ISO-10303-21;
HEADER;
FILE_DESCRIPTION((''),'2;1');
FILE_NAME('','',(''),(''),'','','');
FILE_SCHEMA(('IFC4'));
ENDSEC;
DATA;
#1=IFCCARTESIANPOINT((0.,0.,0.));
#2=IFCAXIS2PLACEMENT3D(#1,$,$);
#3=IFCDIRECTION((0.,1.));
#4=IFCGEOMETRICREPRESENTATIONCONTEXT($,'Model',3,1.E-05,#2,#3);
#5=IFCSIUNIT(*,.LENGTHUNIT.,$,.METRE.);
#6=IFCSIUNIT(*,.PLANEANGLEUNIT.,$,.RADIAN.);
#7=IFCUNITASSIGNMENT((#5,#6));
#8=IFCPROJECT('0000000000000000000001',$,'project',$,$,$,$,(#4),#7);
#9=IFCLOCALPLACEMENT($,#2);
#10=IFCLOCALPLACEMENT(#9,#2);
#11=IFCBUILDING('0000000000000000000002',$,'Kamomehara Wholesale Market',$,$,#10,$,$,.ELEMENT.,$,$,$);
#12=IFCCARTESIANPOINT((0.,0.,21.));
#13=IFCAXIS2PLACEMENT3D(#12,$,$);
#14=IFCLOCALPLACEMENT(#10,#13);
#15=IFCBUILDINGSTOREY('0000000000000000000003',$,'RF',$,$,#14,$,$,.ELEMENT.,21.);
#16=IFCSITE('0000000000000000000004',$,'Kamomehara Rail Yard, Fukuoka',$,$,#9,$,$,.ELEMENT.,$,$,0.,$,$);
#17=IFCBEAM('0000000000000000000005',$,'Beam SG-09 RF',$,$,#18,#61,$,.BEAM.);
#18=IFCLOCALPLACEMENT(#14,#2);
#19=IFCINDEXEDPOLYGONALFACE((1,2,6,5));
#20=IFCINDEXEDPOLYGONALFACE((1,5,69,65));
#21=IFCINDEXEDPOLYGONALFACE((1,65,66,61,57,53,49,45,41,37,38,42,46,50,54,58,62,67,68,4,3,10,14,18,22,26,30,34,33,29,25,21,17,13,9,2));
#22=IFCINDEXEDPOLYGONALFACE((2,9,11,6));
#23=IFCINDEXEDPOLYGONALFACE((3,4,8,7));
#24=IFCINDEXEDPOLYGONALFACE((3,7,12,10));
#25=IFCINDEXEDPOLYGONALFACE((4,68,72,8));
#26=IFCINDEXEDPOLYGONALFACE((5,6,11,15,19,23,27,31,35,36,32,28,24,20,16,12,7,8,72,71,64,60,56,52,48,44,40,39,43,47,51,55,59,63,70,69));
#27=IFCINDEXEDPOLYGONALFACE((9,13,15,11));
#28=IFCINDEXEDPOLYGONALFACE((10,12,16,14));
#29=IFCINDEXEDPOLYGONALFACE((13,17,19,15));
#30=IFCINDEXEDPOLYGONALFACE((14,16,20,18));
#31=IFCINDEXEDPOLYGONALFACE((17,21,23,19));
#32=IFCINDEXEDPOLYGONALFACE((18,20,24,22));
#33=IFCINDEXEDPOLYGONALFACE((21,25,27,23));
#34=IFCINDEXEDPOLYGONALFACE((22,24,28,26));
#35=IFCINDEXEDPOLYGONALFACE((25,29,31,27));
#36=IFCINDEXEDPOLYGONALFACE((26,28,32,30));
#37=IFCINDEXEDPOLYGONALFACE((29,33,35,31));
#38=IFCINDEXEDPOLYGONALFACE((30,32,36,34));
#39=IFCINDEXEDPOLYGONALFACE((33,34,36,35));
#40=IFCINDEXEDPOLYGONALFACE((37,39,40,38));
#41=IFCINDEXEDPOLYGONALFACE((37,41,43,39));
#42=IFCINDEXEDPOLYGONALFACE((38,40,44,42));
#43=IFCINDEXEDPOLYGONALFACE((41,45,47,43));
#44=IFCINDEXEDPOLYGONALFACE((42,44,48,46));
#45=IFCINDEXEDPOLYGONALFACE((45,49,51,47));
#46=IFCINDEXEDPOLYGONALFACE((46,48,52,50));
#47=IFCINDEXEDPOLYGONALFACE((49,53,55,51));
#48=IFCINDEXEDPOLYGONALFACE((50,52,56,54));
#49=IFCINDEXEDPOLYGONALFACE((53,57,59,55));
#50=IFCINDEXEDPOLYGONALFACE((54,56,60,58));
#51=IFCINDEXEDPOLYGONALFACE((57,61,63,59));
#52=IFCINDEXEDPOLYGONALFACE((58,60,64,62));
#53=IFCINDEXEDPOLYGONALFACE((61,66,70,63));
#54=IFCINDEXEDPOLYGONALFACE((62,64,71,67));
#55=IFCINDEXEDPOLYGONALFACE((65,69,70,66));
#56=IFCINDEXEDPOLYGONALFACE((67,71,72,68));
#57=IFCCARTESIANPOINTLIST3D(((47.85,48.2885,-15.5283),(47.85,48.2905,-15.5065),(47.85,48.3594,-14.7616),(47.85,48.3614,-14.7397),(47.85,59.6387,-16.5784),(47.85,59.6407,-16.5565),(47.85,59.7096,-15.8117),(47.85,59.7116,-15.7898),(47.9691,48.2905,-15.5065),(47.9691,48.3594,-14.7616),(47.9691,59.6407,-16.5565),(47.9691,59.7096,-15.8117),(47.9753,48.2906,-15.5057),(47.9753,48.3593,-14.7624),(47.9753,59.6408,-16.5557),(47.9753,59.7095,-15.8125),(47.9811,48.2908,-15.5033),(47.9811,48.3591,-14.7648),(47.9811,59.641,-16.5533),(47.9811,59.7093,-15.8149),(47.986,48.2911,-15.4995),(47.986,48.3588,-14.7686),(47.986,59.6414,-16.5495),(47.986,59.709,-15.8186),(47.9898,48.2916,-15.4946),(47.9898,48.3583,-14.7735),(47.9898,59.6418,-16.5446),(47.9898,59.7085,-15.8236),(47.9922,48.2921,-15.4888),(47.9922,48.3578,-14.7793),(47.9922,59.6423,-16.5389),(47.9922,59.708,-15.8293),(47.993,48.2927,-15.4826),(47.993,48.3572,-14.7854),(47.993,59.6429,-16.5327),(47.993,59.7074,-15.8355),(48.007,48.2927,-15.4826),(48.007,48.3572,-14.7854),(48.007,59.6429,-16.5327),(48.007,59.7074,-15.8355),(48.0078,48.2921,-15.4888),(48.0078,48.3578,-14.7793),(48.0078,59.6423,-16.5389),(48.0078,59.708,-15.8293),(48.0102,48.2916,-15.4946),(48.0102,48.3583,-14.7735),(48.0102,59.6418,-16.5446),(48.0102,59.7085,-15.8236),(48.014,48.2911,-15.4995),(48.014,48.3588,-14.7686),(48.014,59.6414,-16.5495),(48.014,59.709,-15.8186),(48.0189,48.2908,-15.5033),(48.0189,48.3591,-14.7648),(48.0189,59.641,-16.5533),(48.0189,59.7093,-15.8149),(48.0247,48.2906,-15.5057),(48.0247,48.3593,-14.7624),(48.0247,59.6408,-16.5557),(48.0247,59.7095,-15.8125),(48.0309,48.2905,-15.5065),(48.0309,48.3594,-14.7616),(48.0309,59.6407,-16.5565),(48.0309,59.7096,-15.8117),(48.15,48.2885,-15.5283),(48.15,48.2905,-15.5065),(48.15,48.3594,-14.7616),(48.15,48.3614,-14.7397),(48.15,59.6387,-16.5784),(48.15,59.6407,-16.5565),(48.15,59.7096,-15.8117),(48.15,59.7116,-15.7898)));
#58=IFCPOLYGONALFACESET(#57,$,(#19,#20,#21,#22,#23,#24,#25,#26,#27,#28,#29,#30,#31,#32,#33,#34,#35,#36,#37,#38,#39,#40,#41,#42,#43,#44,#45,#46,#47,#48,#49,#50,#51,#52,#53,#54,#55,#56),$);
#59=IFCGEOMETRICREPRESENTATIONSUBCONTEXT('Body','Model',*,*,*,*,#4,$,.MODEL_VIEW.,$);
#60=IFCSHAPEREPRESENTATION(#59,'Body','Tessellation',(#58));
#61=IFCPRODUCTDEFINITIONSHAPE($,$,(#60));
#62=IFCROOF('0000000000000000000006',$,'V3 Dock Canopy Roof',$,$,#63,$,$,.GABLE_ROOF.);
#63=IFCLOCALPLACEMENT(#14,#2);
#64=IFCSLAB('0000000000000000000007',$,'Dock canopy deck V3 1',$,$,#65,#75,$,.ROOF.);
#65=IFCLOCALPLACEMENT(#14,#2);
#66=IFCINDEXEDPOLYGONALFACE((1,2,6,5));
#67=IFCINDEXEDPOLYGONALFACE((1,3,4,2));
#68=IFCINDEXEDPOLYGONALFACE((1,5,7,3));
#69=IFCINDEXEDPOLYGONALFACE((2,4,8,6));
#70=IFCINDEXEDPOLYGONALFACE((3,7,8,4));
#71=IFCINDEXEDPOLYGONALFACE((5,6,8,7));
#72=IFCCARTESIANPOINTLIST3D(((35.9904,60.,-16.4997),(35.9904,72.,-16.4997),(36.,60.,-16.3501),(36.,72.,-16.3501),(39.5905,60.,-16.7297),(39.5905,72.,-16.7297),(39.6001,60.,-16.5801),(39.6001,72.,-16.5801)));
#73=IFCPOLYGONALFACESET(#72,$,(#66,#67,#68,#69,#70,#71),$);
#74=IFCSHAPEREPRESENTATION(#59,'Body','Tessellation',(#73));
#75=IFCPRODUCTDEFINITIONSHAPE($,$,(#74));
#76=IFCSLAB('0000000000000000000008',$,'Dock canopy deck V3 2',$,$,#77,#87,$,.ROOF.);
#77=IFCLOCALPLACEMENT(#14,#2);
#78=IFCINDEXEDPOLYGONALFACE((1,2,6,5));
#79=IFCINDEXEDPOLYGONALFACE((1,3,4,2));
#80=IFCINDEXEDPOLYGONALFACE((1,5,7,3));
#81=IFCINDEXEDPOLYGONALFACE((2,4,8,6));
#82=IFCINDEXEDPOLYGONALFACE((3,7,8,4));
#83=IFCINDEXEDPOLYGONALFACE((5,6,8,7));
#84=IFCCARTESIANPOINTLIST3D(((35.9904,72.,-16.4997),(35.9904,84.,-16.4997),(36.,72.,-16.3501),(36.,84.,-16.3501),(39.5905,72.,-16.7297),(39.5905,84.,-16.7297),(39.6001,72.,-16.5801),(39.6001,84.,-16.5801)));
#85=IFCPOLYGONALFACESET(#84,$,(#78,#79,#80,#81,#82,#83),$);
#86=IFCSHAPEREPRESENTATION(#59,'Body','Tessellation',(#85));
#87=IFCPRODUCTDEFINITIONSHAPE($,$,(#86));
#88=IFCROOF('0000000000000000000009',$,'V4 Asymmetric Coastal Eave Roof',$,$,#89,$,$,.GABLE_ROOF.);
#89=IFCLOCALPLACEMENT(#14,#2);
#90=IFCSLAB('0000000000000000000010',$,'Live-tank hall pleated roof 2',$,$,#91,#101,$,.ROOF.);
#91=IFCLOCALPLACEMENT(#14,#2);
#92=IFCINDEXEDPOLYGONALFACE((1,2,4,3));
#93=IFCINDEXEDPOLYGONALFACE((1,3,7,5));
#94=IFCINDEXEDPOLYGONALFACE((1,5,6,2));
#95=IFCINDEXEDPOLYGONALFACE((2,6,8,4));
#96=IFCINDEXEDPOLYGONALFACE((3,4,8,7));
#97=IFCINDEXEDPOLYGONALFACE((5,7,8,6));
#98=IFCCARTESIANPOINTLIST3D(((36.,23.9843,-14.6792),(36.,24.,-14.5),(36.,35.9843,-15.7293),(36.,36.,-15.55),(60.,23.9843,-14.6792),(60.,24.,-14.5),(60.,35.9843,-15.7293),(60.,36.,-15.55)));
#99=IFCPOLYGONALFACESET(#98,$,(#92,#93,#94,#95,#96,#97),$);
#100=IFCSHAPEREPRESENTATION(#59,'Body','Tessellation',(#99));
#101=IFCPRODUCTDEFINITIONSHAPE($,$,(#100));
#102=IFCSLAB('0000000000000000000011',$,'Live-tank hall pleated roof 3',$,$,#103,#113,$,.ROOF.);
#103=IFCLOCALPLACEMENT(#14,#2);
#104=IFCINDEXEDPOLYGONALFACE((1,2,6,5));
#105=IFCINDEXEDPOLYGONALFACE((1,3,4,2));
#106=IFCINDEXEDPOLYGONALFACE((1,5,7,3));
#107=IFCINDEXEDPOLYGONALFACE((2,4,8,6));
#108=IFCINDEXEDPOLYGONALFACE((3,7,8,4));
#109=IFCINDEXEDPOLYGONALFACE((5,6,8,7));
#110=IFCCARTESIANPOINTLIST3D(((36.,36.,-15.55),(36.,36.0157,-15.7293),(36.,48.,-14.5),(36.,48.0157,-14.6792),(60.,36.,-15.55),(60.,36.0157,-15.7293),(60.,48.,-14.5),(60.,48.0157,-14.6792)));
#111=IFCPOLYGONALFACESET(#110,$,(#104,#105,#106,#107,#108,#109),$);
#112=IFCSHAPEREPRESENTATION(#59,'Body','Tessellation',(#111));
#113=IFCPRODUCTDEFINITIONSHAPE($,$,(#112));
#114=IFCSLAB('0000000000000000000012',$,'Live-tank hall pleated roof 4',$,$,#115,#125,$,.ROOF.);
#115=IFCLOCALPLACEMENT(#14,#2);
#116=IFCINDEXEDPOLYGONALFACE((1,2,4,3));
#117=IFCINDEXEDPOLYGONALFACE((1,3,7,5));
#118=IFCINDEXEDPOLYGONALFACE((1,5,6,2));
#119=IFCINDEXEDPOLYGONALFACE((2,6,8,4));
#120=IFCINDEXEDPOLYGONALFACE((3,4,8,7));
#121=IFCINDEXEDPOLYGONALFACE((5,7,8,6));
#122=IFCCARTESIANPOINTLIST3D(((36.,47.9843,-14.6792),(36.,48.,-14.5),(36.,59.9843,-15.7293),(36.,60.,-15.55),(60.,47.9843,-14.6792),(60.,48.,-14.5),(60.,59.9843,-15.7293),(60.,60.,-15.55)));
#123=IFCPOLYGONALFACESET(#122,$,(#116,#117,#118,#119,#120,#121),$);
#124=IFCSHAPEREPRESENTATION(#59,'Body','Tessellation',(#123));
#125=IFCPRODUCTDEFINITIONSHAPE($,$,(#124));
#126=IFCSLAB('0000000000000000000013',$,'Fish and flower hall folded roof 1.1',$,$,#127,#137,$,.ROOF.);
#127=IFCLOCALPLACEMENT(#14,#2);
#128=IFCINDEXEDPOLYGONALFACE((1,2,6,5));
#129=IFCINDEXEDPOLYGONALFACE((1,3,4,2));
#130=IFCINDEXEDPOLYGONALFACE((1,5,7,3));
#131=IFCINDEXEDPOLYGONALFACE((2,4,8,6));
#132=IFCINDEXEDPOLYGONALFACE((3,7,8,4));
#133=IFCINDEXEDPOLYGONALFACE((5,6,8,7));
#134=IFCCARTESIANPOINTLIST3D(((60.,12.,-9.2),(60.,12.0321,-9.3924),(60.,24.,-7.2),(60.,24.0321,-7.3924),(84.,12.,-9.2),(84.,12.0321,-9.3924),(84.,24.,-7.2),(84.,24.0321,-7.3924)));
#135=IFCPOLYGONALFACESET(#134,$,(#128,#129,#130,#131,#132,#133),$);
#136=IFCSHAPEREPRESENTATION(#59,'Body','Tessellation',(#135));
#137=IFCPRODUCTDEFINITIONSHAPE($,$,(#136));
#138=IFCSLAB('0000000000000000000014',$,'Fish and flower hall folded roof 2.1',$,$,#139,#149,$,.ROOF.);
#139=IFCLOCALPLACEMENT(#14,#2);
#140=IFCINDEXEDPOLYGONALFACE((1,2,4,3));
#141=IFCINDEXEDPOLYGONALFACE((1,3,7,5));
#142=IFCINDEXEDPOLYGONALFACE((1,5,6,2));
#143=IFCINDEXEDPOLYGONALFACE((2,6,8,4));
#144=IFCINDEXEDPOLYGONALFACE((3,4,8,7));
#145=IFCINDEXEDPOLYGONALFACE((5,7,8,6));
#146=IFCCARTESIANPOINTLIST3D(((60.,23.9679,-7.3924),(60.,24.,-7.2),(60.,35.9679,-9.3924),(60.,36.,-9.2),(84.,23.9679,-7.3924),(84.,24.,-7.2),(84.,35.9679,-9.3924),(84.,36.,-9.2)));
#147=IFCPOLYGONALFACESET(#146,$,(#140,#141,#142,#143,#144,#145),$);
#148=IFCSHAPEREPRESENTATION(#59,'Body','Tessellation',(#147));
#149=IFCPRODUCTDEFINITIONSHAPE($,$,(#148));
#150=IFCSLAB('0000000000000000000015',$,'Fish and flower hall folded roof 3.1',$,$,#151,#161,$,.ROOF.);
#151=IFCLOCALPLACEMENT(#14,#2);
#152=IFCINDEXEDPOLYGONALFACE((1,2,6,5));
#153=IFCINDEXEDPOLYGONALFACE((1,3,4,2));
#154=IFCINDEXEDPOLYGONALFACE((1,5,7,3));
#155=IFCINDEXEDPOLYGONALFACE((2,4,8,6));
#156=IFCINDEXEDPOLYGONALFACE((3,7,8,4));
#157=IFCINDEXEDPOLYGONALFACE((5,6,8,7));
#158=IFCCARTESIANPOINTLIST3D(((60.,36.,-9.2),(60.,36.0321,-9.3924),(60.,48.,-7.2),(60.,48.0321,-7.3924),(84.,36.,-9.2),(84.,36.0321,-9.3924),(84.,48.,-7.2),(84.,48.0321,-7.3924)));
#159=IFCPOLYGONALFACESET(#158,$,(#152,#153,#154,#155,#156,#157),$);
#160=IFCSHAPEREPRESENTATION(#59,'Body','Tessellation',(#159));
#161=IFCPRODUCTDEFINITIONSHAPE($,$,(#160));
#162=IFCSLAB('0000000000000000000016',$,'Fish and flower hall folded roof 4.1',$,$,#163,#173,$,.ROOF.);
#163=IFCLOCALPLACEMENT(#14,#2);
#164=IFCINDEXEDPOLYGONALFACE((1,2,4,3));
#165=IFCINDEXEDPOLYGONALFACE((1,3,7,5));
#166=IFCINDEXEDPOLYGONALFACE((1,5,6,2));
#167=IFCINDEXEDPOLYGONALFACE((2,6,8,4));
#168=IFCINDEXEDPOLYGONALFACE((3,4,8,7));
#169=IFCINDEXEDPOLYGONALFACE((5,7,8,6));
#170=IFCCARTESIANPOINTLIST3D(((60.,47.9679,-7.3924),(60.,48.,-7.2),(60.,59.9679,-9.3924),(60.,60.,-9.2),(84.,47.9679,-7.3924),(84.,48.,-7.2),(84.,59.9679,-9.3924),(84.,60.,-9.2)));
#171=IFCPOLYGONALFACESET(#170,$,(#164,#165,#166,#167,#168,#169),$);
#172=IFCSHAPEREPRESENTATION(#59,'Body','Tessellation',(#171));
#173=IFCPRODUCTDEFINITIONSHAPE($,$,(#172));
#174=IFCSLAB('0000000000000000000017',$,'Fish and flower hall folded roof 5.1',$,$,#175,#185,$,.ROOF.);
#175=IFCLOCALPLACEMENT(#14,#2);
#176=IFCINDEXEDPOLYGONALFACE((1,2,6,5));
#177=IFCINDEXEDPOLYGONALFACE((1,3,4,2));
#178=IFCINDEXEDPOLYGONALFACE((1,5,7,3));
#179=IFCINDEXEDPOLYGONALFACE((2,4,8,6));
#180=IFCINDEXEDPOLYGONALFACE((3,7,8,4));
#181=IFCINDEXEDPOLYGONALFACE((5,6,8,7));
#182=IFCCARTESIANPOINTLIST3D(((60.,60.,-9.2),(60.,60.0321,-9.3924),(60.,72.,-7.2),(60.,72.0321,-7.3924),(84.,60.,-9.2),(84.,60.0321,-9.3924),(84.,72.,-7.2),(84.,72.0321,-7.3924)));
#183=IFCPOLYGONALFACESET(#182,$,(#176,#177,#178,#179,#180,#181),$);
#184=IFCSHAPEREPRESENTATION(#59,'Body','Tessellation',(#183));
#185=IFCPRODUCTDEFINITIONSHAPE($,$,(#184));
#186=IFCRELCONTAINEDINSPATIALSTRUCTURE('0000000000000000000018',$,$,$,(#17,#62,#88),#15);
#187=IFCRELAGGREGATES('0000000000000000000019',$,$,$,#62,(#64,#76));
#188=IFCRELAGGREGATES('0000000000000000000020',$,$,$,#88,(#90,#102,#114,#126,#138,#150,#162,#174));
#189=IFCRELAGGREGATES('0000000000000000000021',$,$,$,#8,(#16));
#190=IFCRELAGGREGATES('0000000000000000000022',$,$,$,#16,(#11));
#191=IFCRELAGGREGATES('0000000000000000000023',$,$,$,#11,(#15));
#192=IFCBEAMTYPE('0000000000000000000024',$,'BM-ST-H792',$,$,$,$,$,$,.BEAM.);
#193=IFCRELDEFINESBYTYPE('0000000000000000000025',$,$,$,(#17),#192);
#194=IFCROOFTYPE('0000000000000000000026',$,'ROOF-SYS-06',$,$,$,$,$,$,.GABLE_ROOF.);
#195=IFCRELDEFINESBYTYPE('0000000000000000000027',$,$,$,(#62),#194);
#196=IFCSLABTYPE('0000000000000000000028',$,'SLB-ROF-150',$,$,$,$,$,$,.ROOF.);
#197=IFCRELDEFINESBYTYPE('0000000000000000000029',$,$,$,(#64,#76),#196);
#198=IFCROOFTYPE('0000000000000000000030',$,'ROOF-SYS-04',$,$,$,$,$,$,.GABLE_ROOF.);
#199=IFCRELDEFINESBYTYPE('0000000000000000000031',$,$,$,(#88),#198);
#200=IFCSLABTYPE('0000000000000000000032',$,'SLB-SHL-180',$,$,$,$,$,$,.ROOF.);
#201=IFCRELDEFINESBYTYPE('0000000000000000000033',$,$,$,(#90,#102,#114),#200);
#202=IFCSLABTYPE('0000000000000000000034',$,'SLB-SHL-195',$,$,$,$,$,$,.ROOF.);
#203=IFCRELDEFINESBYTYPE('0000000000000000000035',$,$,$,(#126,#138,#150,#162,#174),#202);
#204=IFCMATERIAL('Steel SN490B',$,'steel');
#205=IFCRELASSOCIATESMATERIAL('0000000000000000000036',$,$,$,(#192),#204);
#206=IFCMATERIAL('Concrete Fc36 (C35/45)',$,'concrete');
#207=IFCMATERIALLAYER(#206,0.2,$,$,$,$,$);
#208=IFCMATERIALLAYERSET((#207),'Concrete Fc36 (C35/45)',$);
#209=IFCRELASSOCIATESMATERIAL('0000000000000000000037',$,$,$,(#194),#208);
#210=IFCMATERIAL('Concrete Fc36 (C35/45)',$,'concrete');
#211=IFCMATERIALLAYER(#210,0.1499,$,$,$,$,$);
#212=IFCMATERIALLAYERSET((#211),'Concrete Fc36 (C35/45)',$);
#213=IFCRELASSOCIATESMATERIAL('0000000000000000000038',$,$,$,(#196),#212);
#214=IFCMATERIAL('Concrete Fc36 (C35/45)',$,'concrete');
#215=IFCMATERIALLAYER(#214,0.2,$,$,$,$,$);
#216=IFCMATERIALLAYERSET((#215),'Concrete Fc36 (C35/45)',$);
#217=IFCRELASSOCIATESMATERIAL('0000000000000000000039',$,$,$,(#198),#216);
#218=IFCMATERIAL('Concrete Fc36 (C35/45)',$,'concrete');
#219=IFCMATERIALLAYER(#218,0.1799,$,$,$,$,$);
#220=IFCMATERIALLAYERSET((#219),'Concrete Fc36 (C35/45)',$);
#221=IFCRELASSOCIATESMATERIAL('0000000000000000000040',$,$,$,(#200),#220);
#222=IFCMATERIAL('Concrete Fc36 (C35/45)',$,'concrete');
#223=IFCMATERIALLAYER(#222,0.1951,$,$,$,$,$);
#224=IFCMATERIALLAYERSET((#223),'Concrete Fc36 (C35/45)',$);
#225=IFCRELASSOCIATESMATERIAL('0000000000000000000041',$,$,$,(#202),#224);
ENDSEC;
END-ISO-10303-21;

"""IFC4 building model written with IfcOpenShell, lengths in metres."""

from ifc_helpers import new_model, si_unit, direction, frame, origin, origin_2d, place, context, subcontext, project, spatial, polyline, i_section, outline, extrude, material, layer, layer_set, material_profile, profile_set, type_object, element, aggregate, save


model = new_model("IFC4")

# Units and contexts
model_context = context("Model", 3, precision=1e-05, world=origin(), true_north=direction((0.0, 1.0)))
body_context = subcontext(model_context, "Body", "Model", "MODEL_VIEW")
ifc_project = project(units=[si_unit("LENGTHUNIT", "METRE"), si_unit("PLANEANGLEUNIT", "RADIAN")], contexts=[model_context])

# Site, building, storey
site_placement = place(None, origin())
site = spatial("IfcSite", under=ifc_project, at=site_placement, Name="Kamomehara Rail Yard, Fukuoka", CompositionType="ELEMENT", RefElevation=0.0)
building_placement = place(site_placement, origin())
building = spatial("IfcBuilding", under=site, at=building_placement, Name="Kamomehara Wholesale Market", CompositionType="ELEMENT")
storey_placement = place(building_placement, frame((0.0, 0.0, 21.0)))
storey = spatial("IfcBuildingStorey", under=building, at=storey_placement, Name="RF", CompositionType="ELEMENT", Elevation=21.0)

# Beam
ifc_material_1 = material(Name="Steel SN490B", Category="steel")
ifc_material_profile_1 = material_profile(ifc_material_1, i_section(OverallWidth=0.3, OverallDepth=0.792, WebThickness=0.0139, FlangeThickness=0.022, FilletRadius=0.0239, at=origin_2d()), Name="H-792x300x14x22")
ifc_profile_set_1 = profile_set([ifc_material_profile_1], Name="Steel SN490B")
beam_type_1 = type_object("IfcBeamType", Name="BM-ST-H792", PredefinedType="BEAM", material=ifc_profile_set_1)
beam_1_placement = place(storey_placement, frame((48.0, 48.325, -15.134), z_axis=(0.0, 0.995748, -0.092121), x_axis=(-1.0, 0.0, 0.0)))
element("IfcBeam", 1, at=beam_1_placement, inside=storey, type_object=beam_type_1, Name="Beam SG-09 RF", PredefinedType="BEAM", context=body_context, shape_type="SweptSolid", body=[
    extrude(i_section(OverallWidth=0.3, OverallDepth=0.792, WebThickness=0.0139, FlangeThickness=0.022, FilletRadius=0.0239, at=origin_2d()), origin(), (0.0, 0.0, 1.0), 11.3987),
])

# Roofs, slabs
ifc_material_2 = material(Name="Concrete Fc36 (C35/45)", Category="concrete")
ifc_layer_1 = layer(ifc_material_2, 0.2)
ifc_layer_set_1 = layer_set([ifc_layer_1], Name="Concrete Fc36 (C35/45)")
roof_type_1 = type_object("IfcRoofType", Name="ROOF-SYS-06", PredefinedType="GABLE_ROOF", material=ifc_layer_set_1)
roof_1_placement = place(storey_placement, origin())
roof_1 = element("IfcRoof", 2, at=roof_1_placement, inside=storey, type_object=roof_type_1, Name="V3 Dock Canopy Roof", PredefinedType="GABLE_ROOF")
ifc_material_3 = material(Name="Concrete Fc36 (C35/45)", Category="concrete")
ifc_layer_2 = layer(ifc_material_3, 0.1499)
ifc_layer_set_2 = layer_set([ifc_layer_2], Name="Concrete Fc36 (C35/45)")
slab_type_1 = type_object("IfcSlabType", Name="SLB-ROF-150", PredefinedType="ROOF", material=ifc_layer_set_2)
slab_1_placement = place(storey_placement, frame((36.0, 60.0, -16.3501), z_axis=(0.063752, 0.0, 0.997966), x_axis=(0.997966, 0.0, -0.063752)))
slab_1 = element("IfcSlab", 3, at=slab_1_placement, type_object=slab_type_1, Name="Dock canopy deck V3 1", PredefinedType="ROOF", context=body_context, shape_type="SweptSolid", body=[
    extrude(outline(polyline([(0.0, 0.0), (3.6074, 0.0), (3.6074, 12.0), (0.0, 12.0), (0.0, 0.0)])), origin(), (0.0, 0.0, -1.0), 0.1499),
])
slab_2_placement = place(storey_placement, frame((36.0, 72.0, -16.3501), z_axis=(0.063752, 0.0, 0.997966), x_axis=(0.997966, 0.0, -0.063752)))
slab_2 = element("IfcSlab", 4, at=slab_2_placement, type_object=slab_type_1, Name="Dock canopy deck V3 2", PredefinedType="ROOF", context=body_context, shape_type="SweptSolid", body=[
    extrude(outline(polyline([(0.0, 0.0), (3.6074, 0.0), (3.6074, 12.0), (0.0, 12.0), (0.0, 0.0)])), origin(), (0.0, 0.0, -1.0), 0.1499),
])
aggregate(roof_1, [slab_1, slab_2])
ifc_material_4 = material(Name="Concrete Fc36 (C35/45)", Category="concrete")
ifc_layer_3 = layer(ifc_material_4, 0.2)
ifc_layer_set_3 = layer_set([ifc_layer_3], Name="Concrete Fc36 (C35/45)")
roof_type_2 = type_object("IfcRoofType", Name="ROOF-SYS-04", PredefinedType="GABLE_ROOF", material=ifc_layer_set_3)
roof_2_placement = place(storey_placement, origin())
roof_2 = element("IfcRoof", 5, at=roof_2_placement, inside=storey, type_object=roof_type_2, Name="V4 Asymmetric Coastal Eave Roof", PredefinedType="GABLE_ROOF")
ifc_material_5 = material(Name="Concrete Fc36 (C35/45)", Category="concrete")
ifc_layer_4 = layer(ifc_material_5, 0.1799)
ifc_layer_set_4 = layer_set([ifc_layer_4], Name="Concrete Fc36 (C35/45)")
slab_type_2 = type_object("IfcSlabType", Name="SLB-SHL-180", PredefinedType="ROOF", material=ifc_layer_set_4)
slab_3_placement = place(storey_placement, frame((36.0, 24.0, -14.5), z_axis=(0.0, 0.087171, 0.996193), x_axis=(1.0, 0.0, 0.0)))
slab_3 = element("IfcSlab", 6, at=slab_3_placement, type_object=slab_type_2, Name="Live-tank hall pleated roof 2", PredefinedType="ROOF", context=body_context, shape_type="SweptSolid", body=[
    extrude(outline(polyline([(0.0, 0.0), (24.0, 0.0), (24.0, 12.0459), (0.0, 12.0459), (0.0, 0.0)])), origin(), (0.0, 0.0, -1.0), 0.1799),
])
slab_4_placement = place(storey_placement, frame((36.0, 36.0, -15.55), z_axis=(0.0, -0.087171, 0.996193), x_axis=(1.0, 0.0, 0.0)))
slab_4 = element("IfcSlab", 7, at=slab_4_placement, type_object=slab_type_2, Name="Live-tank hall pleated roof 3", PredefinedType="ROOF", context=body_context, shape_type="SweptSolid", body=[
    extrude(outline(polyline([(0.0, 0.0), (24.0, 0.0), (24.0, 12.0459), (0.0, 12.0459), (0.0, 0.0)])), origin(), (0.0, 0.0, -1.0), 0.1799),
])
slab_5_placement = place(storey_placement, frame((36.0, 48.0, -14.5), z_axis=(0.0, 0.087171, 0.996193), x_axis=(1.0, 0.0, 0.0)))
slab_5 = element("IfcSlab", 8, at=slab_5_placement, type_object=slab_type_2, Name="Live-tank hall pleated roof 4", PredefinedType="ROOF", context=body_context, shape_type="SweptSolid", body=[
    extrude(outline(polyline([(0.0, 0.0), (24.0, 0.0), (24.0, 12.0459), (0.0, 12.0459), (0.0, 0.0)])), origin(), (0.0, 0.0, -1.0), 0.1799),
])
ifc_material_6 = material(Name="Concrete Fc36 (C35/45)", Category="concrete")
ifc_layer_5 = layer(ifc_material_6, 0.1951)
ifc_layer_set_5 = layer_set([ifc_layer_5], Name="Concrete Fc36 (C35/45)")
slab_type_3 = type_object("IfcSlabType", Name="SLB-SHL-195", PredefinedType="ROOF", material=ifc_layer_set_5)
slab_6_placement = place(storey_placement, frame((60.0, 12.0, -9.2), z_axis=(0.0, -0.164399, 0.986394), x_axis=(1.0, 0.0, 0.0)))
slab_6 = element("IfcSlab", 9, at=slab_6_placement, type_object=slab_type_3, Name="Fish and flower hall folded roof 1.1", PredefinedType="ROOF", context=body_context, shape_type="SweptSolid", body=[
    extrude(outline(polyline([(0.0, 0.0), (24.0, 0.0), (24.0, 12.1655), (0.0, 12.1655), (0.0, 0.0)])), origin(), (0.0, 0.0, -1.0), 0.1951),
])
slab_7_placement = place(storey_placement, frame((60.0, 24.0, -7.2), z_axis=(0.0, 0.164399, 0.986394), x_axis=(1.0, 0.0, 0.0)))
slab_7 = element("IfcSlab", 10, at=slab_7_placement, type_object=slab_type_3, Name="Fish and flower hall folded roof 2.1", PredefinedType="ROOF", context=body_context, shape_type="SweptSolid", body=[
    extrude(outline(polyline([(0.0, 0.0), (24.0, 0.0), (24.0, 12.1655), (0.0, 12.1655), (0.0, 0.0)])), origin(), (0.0, 0.0, -1.0), 0.1951),
])
slab_8_placement = place(storey_placement, frame((60.0, 36.0, -9.2), z_axis=(0.0, -0.164399, 0.986394), x_axis=(1.0, 0.0, 0.0)))
slab_8 = element("IfcSlab", 11, at=slab_8_placement, type_object=slab_type_3, Name="Fish and flower hall folded roof 3.1", PredefinedType="ROOF", context=body_context, shape_type="SweptSolid", body=[
    extrude(outline(polyline([(0.0, 0.0), (24.0, 0.0), (24.0, 12.1655), (0.0, 12.1655), (0.0, 0.0)])), origin(), (0.0, 0.0, -1.0), 0.1951),
])
slab_9_placement = place(storey_placement, frame((60.0, 48.0, -7.2), z_axis=(0.0, 0.164399, 0.986394), x_axis=(1.0, 0.0, 0.0)))
slab_9 = element("IfcSlab", 12, at=slab_9_placement, type_object=slab_type_3, Name="Fish and flower hall folded roof 4.1", PredefinedType="ROOF", context=body_context, shape_type="SweptSolid", body=[
    extrude(outline(polyline([(0.0, 0.0), (24.0, 0.0), (24.0, 12.1655), (0.0, 12.1655), (0.0, 0.0)])), origin(), (0.0, 0.0, -1.0), 0.1951),
])
slab_10_placement = place(storey_placement, frame((60.0, 60.0, -9.2), z_axis=(0.0, -0.164399, 0.986394), x_axis=(1.0, 0.0, 0.0)))
slab_10 = element("IfcSlab", 13, at=slab_10_placement, type_object=slab_type_3, Name="Fish and flower hall folded roof 5.1", PredefinedType="ROOF", context=body_context, shape_type="SweptSolid", body=[
    extrude(outline(polyline([(0.0, 0.0), (24.0, 0.0), (24.0, 12.1655), (0.0, 12.1655), (0.0, 0.0)])), origin(), (0.0, 0.0, -1.0), 0.1951),
])
aggregate(roof_2, [slab_3, slab_4, slab_5, slab_6, slab_7, slab_8, slab_9, slab_10])

save(model, "model.ifc")
